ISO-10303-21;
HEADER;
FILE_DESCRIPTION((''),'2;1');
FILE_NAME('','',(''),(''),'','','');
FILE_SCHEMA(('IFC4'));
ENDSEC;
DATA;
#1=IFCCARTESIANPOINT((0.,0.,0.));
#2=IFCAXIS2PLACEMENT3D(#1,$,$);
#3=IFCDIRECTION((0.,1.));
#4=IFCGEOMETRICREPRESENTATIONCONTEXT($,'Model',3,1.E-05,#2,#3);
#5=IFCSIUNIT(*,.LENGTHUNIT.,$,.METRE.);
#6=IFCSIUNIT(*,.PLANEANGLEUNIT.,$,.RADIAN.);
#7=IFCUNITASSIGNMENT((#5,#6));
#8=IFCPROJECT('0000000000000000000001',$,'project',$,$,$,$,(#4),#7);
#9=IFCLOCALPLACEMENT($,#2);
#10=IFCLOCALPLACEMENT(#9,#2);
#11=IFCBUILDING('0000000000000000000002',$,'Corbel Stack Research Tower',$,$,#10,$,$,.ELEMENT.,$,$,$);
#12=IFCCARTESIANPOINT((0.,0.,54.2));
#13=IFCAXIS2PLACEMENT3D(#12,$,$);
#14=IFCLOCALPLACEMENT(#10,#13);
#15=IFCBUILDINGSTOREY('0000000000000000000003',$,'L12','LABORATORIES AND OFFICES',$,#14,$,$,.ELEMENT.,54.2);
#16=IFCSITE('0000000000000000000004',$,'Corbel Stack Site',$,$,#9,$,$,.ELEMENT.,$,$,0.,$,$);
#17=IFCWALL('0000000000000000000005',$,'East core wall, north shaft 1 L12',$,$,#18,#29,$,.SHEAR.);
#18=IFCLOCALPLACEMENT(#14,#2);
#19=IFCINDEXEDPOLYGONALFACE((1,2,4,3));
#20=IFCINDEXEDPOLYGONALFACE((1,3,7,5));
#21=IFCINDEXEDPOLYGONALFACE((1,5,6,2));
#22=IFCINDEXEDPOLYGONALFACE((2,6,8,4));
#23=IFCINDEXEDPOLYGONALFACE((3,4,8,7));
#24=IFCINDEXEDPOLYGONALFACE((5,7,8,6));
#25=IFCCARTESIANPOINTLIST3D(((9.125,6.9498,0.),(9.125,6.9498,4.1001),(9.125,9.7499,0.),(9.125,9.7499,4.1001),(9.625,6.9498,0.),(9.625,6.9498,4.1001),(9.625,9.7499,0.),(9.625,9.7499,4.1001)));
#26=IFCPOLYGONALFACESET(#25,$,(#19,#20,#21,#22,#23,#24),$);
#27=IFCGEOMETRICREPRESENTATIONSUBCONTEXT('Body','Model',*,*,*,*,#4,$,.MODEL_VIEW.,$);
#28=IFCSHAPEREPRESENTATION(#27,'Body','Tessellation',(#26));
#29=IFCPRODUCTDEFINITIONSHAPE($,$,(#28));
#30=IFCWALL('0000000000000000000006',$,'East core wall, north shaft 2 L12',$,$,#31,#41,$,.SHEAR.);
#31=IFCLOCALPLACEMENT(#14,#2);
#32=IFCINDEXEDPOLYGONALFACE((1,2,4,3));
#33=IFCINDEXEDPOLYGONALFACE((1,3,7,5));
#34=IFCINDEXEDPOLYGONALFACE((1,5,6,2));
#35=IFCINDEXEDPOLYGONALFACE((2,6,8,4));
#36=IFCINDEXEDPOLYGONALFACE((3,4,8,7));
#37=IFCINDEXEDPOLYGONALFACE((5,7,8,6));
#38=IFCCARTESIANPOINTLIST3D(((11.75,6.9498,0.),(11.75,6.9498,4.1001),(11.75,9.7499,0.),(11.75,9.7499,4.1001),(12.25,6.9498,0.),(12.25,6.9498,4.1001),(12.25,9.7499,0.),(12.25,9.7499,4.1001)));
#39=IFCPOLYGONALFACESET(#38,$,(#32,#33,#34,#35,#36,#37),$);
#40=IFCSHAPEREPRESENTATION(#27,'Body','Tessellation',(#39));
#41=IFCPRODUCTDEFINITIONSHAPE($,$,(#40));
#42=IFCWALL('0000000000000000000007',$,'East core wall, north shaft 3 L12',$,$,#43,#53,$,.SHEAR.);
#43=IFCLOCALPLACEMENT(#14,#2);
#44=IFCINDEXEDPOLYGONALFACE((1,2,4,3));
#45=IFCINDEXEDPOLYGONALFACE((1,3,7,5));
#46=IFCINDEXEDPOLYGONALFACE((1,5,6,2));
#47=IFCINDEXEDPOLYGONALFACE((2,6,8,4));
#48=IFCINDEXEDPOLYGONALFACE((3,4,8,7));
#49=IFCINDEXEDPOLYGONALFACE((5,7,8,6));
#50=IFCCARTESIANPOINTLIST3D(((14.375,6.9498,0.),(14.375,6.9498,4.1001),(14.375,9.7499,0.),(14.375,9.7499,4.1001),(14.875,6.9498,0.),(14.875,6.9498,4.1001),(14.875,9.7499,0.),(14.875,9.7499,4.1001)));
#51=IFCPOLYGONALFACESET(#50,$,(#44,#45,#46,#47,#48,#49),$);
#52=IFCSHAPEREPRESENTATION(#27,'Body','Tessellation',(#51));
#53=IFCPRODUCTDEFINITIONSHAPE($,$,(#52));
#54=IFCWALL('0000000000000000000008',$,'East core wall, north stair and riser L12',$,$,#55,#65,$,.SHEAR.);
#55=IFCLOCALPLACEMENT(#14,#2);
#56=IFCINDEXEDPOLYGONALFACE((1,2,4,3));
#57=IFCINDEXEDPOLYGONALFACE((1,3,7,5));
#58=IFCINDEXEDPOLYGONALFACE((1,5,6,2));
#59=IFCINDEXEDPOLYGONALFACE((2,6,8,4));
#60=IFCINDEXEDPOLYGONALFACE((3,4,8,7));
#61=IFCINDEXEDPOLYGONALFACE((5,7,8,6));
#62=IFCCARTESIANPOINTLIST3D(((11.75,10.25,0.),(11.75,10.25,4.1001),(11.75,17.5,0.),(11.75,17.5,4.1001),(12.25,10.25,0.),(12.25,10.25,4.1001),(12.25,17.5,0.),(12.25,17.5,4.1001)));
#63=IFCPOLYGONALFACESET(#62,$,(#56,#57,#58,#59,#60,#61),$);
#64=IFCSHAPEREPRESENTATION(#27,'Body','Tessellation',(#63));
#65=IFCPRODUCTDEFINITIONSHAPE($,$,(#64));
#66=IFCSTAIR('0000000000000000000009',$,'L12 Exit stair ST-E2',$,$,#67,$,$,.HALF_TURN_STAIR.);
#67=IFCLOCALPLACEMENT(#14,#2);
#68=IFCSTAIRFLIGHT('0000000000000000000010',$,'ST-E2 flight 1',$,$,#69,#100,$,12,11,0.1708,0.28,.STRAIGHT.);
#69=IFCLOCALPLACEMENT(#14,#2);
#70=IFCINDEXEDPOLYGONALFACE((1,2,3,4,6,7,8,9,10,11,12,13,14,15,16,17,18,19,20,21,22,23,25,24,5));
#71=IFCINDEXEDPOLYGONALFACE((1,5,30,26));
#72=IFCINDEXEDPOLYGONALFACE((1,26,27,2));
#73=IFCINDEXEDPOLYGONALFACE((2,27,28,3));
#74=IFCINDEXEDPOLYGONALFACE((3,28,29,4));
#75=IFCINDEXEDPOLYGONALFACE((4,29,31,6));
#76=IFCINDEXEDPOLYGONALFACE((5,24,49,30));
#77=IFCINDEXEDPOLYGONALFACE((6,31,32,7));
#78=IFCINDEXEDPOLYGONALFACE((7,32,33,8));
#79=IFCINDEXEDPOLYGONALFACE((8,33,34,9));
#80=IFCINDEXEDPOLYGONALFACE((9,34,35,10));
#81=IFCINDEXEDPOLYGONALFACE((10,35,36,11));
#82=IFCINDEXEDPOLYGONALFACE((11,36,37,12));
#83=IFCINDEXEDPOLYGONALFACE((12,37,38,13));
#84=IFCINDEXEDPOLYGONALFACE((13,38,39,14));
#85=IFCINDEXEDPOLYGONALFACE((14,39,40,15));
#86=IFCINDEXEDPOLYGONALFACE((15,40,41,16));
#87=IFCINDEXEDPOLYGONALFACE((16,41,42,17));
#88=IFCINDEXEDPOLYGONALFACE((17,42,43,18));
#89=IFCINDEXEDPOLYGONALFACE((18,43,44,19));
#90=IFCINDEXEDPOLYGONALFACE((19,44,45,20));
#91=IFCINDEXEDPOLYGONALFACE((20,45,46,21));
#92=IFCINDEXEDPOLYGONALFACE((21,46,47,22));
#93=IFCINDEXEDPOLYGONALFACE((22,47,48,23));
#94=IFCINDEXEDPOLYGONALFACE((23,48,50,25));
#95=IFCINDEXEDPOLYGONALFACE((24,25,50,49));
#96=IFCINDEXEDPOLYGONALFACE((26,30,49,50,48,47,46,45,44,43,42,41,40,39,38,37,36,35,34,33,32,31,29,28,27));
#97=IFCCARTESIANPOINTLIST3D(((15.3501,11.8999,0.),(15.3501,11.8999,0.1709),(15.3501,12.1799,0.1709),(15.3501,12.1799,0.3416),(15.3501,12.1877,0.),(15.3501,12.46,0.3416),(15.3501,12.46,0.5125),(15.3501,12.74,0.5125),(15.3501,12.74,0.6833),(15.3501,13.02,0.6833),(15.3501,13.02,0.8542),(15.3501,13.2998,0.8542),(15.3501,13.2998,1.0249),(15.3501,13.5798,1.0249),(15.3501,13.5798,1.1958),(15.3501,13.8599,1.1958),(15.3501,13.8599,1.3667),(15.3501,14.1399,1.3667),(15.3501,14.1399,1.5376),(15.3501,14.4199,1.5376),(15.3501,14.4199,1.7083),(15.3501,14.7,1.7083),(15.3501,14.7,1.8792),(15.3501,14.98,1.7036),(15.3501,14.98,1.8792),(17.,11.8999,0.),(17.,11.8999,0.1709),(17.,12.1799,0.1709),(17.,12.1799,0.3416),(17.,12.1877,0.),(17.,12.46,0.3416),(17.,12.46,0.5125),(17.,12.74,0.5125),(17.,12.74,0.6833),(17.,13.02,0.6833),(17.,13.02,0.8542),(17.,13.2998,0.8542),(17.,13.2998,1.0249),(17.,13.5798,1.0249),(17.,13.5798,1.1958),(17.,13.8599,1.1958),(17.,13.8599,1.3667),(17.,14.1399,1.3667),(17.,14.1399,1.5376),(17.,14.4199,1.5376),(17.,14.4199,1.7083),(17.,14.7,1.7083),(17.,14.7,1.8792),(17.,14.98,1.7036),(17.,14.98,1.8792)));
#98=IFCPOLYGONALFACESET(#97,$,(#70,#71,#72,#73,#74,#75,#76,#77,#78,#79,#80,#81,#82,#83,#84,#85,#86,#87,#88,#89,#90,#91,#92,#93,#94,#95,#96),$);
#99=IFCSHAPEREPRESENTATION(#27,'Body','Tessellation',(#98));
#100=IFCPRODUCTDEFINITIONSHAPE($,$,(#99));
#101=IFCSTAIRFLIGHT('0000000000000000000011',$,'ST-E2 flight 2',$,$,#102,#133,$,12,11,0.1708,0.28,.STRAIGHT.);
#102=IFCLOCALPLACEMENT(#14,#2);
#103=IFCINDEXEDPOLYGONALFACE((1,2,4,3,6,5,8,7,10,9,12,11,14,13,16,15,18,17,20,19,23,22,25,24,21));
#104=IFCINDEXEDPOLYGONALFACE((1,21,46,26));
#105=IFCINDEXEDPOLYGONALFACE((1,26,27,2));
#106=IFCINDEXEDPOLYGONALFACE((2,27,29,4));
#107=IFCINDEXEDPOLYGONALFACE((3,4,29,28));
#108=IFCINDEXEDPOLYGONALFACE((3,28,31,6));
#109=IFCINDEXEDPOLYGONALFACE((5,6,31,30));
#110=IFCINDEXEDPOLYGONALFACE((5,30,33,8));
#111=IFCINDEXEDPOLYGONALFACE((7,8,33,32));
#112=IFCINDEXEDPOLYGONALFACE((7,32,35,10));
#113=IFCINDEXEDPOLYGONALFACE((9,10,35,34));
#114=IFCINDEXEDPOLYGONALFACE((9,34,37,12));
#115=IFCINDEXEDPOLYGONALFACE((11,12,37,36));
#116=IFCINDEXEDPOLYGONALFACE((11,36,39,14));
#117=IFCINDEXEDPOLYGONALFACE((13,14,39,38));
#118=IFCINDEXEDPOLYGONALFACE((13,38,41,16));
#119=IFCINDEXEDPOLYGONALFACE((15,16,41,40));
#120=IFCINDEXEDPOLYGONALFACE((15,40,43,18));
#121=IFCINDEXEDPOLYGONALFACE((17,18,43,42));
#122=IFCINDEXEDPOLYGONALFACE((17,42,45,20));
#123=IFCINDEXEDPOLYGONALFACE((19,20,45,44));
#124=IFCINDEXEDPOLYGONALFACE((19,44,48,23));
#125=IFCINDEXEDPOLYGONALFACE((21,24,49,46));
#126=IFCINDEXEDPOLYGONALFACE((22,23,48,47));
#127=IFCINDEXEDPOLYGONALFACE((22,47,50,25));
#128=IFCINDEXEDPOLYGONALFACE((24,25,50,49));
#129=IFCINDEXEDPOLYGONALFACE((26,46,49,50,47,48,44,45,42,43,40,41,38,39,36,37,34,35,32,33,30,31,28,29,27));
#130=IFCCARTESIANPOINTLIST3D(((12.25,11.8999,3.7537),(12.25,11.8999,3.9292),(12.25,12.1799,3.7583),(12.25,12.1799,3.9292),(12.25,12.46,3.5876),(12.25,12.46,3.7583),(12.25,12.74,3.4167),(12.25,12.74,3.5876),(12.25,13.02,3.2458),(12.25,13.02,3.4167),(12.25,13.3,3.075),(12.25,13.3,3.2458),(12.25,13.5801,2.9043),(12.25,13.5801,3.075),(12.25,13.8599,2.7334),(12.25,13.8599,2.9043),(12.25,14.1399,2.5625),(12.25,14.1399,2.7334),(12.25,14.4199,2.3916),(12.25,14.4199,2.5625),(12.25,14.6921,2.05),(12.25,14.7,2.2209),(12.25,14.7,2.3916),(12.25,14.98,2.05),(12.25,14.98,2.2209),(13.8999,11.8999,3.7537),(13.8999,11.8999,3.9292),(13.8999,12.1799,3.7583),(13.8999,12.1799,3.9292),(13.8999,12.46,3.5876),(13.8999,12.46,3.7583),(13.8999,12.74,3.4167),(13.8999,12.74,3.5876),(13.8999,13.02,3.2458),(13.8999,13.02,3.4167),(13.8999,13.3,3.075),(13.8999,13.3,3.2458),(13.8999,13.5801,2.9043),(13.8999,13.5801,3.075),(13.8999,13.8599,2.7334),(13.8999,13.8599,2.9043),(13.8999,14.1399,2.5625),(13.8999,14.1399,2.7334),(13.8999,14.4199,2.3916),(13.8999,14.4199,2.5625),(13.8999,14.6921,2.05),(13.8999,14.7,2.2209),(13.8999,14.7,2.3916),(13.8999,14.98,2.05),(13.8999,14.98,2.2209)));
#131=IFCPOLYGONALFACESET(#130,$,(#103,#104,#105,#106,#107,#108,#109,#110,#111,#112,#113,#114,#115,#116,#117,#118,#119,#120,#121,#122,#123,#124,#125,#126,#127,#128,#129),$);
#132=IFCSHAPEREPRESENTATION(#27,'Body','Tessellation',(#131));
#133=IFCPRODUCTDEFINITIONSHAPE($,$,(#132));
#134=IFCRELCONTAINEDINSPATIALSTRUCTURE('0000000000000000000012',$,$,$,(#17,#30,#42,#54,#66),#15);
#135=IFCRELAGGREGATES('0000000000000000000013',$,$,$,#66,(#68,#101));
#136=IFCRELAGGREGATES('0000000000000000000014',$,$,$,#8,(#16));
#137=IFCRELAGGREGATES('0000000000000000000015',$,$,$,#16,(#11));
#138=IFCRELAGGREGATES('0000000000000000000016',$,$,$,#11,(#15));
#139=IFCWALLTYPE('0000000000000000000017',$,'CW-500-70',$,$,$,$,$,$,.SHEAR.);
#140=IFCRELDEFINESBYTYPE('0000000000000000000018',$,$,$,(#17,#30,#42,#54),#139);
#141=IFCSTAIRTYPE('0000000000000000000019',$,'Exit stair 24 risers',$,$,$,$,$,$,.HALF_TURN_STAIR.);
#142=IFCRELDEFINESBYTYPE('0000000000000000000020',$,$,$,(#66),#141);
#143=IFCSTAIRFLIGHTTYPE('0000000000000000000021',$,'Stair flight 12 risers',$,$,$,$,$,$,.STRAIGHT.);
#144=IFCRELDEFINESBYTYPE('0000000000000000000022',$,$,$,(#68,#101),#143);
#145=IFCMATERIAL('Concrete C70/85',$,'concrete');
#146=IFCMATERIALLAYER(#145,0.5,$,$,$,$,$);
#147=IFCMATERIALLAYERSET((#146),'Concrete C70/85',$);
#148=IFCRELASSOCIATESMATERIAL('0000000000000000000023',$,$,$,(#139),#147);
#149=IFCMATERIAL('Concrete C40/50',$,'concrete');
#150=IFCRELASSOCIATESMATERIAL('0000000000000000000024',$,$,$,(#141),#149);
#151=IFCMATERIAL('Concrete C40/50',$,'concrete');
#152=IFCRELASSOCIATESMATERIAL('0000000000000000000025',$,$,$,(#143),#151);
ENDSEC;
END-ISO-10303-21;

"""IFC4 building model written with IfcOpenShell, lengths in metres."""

from ifc_helpers import new_model, si_unit, direction, frame, frame_2d, origin, place, context, subcontext, project, spatial, polyline, rectangle, outline, extrude, material, layer, layer_set, type_object, element, aggregate, save


model = new_model("IFC4")

# Units and contexts
model_context = context("Model", 3, precision=1e-05, world=origin(), true_north=direction((0.0, 1.0)))
body_context = subcontext(model_context, "Body", "Model", "MODEL_VIEW")
ifc_project = project(units=[si_unit("LENGTHUNIT", "METRE"), si_unit("PLANEANGLEUNIT", "RADIAN")], contexts=[model_context])

# Site, building, storey
site_placement = place(None, origin())
site = spatial("IfcSite", under=ifc_project, at=site_placement, Name="Corbel Stack Site", CompositionType="ELEMENT", RefElevation=0.0)
building_placement = place(site_placement, origin())
building = spatial("IfcBuilding", under=site, at=building_placement, Name="Corbel Stack Research Tower", CompositionType="ELEMENT")
storey_placement = place(building_placement, frame((0.0, 0.0, 54.2)))
storey = spatial("IfcBuildingStorey", under=building, at=storey_placement, Name="L12", Description="LABORATORIES AND OFFICES", CompositionType="ELEMENT", Elevation=54.2)

# Walls
ifc_material_1 = material(Name="Concrete C70/85", Category="concrete")
ifc_layer = layer(ifc_material_1, 0.5)
ifc_layer_set = layer_set([ifc_layer], Name="Concrete C70/85")
wall_type = type_object("IfcWallType", Name="CW-500-70", PredefinedType="SHEAR", material=ifc_layer_set)
for number, where, z_axis, x_axis, name in (
    (1, (9.375, 6.95, 0.0), (0.0, 0.0, 1.0), (0.0, 1.0, 0.0), "East core wall, north shaft 1 L12"),
    (2, (12.0, 6.95, 0.0), (0.0, 0.0, 1.0), (0.0, 1.0, 0.0), "East core wall, north shaft 2 L12"),
    (3, (14.625, 6.95, 0.0), (0.0, 0.0, 1.0), (0.0, 1.0, 0.0), "East core wall, north shaft 3 L12"),
):
    element("IfcWall", number, at=place(storey_placement, frame(where, z_axis=z_axis, x_axis=x_axis)), inside=storey, type_object=wall_type, Name=name, PredefinedType="SHEAR", context=body_context, shape_type="SweptSolid", body=[
        extrude(rectangle(XDim=2.8, YDim=0.5, at=frame_2d((1.3999, 0.0))), origin(), (0.0, 0.0, 1.0), 4.1001),
    ])
wall_placement = place(storey_placement, frame((12.0, 10.25, 0.0), z_axis=(0.0, 0.0, 1.0), x_axis=(0.0, 1.0, 0.0)))
element("IfcWall", 4, at=wall_placement, inside=storey, type_object=wall_type, Name="East core wall, north stair and riser L12", PredefinedType="SHEAR", context=body_context, shape_type="SweptSolid", body=[
    extrude(rectangle(XDim=7.25, YDim=0.5, at=frame_2d((3.625, 0.0))), origin(), (0.0, 0.0, 1.0), 4.1001),
])

# Stair, stair flights
ifc_material_2 = material(Name="Concrete C40/50", Category="concrete")
stair_type = type_object("IfcStairType", Name="Exit stair 24 risers", PredefinedType="HALF_TURN_STAIR", material=ifc_material_2)
stair_placement = place(storey_placement, origin())
stair = element("IfcStair", 5, at=stair_placement, inside=storey, type_object=stair_type, Name="L12 Exit stair ST-E2", PredefinedType="HALF_TURN_STAIR")
ifc_material_3 = material(Name="Concrete C40/50", Category="concrete")
stair_flight_type = type_object("IfcStairFlightType", Name="Stair flight 12 risers", PredefinedType="STRAIGHT", material=ifc_material_3)
stair_flight_1_placement = place(storey_placement, frame((16.175, 11.8999, 0.0), z_axis=(0.0, 0.0, 1.0), x_axis=(0.0, 1.0, 0.0)))
stair_flight_1 = element("IfcStairFlight", 6, at=stair_flight_1_placement, type_object=stair_flight_type, Name="ST-E2 flight 1", NumberOfRisers=12, NumberOfTreads=11, PredefinedType="STRAIGHT", RiserHeight=0.1708, TreadLength=0.28, context=body_context, shape_type="SweptSolid", body=[
    extrude(outline(polyline([(0.0, 0.0), (0.0, 0.1709), (0.28, 0.1709), (0.28, 0.3416), (0.5601, 0.3416), (0.5601, 0.5125), (0.8401, 0.5125), (0.8401, 0.6833), (1.1201, 0.6833), (1.1201, 0.8542), (1.3999, 0.8542), (1.3999, 1.0249), (1.6799, 1.0249), (1.6799, 1.1958), (1.96, 1.1958), (1.96, 1.3667), (2.24, 1.3667), (2.24, 1.5376), (2.52, 1.5376), (2.52, 1.7083), (2.8, 1.7083), (2.8, 1.8792), (3.0801, 1.8792), (3.0801, 2.05), (3.0801, 1.7036), (0.2878, 0.0), (0.0, 0.0)])), frame((0.0, 0.825, 0.0), z_axis=(0.0, -1.0, 0.0), x_axis=(1.0, 0.0, 0.0)), (0.0, 0.0, 1.0), 1.6499),
])
stair_flight_2_placement = place(storey_placement, frame((13.075, 14.98, 2.05), z_axis=(0.0, 0.0, 1.0), x_axis=(0.0, -1.0, 0.0)))
stair_flight_2 = element("IfcStairFlight", 7, at=stair_flight_2_placement, type_object=stair_flight_type, Name="ST-E2 flight 2", NumberOfRisers=12, NumberOfTreads=11, PredefinedType="STRAIGHT", RiserHeight=0.1708, TreadLength=0.28, context=body_context, shape_type="SweptSolid", body=[
    extrude(outline(polyline([(0.0, 0.0), (0.0, 0.1709), (0.28, 0.1709), (0.28, 0.3416), (0.5601, 0.3416), (0.5601, 0.5125), (0.8401, 0.5125), (0.8401, 0.6833), (1.1201, 0.6833), (1.1201, 0.8542), (1.3999, 0.8542), (1.3999, 1.0249), (1.6799, 1.0249), (1.6799, 1.1958), (1.96, 1.1958), (1.96, 1.3667), (2.24, 1.3667), (2.24, 1.5376), (2.52, 1.5376), (2.52, 1.7083), (2.8, 1.7083), (2.8, 1.8792), (3.0801, 1.8792), (3.0801, 2.05), (3.0801, 1.7036), (0.2878, 0.0), (0.0, 0.0)])), frame((0.0, 0.825, 0.0), z_axis=(0.0, -1.0, 0.0), x_axis=(1.0, 0.0, 0.0)), (0.0, 0.0, 1.0), 1.6499),
])
aggregate(stair, [stair_flight_1, stair_flight_2])

save(model, "model.ifc")
